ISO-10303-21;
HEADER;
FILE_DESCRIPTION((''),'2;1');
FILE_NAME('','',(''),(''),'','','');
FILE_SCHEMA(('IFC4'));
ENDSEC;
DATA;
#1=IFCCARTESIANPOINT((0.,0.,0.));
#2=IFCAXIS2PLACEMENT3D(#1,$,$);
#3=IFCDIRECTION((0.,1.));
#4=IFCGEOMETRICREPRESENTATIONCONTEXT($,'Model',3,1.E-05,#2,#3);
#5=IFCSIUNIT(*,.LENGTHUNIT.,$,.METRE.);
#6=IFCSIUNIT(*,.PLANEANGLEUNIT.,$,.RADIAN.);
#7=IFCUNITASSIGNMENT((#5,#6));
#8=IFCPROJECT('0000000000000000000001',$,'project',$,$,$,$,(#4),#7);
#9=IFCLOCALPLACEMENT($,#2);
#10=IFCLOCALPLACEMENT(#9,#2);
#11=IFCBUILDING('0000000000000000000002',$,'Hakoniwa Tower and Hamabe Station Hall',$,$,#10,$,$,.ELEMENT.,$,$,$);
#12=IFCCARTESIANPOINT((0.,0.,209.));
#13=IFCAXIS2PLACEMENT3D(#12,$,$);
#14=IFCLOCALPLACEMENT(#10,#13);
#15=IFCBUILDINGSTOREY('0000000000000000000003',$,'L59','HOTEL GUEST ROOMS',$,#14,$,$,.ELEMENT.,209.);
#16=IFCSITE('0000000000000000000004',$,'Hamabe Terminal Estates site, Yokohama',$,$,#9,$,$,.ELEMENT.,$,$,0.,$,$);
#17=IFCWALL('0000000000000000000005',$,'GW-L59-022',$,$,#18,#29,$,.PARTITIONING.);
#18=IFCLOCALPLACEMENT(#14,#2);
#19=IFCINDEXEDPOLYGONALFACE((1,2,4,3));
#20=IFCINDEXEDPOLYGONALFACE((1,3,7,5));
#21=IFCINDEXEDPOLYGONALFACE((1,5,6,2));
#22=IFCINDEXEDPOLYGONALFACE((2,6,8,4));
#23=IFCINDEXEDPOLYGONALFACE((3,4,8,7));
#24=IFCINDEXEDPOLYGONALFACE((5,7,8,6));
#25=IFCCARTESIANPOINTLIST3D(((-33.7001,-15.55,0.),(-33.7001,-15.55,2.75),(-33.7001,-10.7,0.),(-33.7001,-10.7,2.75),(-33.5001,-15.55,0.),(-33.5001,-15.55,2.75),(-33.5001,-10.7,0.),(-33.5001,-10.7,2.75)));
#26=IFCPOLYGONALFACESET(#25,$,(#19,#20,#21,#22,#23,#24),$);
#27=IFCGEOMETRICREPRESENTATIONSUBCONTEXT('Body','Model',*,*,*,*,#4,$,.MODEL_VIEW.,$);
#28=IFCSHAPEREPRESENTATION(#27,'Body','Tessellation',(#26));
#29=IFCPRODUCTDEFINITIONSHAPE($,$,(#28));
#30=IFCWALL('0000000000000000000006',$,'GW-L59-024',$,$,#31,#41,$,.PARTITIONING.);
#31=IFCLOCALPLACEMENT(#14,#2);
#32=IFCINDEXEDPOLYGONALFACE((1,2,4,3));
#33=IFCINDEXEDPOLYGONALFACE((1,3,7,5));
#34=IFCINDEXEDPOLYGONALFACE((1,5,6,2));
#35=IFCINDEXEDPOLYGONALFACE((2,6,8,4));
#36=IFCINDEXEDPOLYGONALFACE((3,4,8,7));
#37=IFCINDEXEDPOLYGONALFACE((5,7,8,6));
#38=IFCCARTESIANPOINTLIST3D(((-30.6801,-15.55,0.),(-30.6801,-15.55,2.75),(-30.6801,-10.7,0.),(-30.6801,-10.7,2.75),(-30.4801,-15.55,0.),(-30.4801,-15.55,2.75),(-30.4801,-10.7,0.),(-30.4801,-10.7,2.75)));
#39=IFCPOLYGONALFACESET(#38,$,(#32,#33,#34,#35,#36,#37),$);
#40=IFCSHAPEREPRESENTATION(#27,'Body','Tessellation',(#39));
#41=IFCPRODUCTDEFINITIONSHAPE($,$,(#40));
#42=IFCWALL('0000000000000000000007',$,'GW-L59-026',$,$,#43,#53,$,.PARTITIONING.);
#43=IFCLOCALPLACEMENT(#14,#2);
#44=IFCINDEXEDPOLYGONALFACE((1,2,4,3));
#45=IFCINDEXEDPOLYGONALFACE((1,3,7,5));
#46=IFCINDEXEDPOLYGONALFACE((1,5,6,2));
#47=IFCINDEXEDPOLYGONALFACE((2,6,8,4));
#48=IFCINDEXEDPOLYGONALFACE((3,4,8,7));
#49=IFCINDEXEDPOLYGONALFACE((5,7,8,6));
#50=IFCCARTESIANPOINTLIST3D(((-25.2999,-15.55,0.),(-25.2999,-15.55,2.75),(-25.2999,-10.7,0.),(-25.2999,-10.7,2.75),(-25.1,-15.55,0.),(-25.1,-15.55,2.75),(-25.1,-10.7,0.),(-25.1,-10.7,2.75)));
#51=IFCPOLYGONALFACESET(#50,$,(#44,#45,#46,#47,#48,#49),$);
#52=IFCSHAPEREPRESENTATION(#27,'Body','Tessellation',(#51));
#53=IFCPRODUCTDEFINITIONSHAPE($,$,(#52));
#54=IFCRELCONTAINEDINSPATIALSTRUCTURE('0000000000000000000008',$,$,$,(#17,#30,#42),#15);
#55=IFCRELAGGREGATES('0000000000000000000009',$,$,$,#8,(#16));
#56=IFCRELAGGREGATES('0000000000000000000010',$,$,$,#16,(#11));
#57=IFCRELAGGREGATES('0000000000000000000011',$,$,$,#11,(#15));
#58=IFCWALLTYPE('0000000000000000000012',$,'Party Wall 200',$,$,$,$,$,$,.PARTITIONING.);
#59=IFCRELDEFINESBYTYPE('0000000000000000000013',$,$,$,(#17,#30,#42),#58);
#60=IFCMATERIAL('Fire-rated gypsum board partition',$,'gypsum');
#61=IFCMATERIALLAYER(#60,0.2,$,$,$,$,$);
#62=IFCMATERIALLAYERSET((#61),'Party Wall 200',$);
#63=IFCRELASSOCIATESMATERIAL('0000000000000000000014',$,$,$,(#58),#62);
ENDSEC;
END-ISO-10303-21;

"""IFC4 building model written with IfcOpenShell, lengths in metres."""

from ifc_helpers import new_model, si_unit, direction, frame, frame_2d, origin, place, context, subcontext, project, spatial, rectangle, extrude, material, layer, layer_set, type_object, element, save


model = new_model("IFC4")

# Units and contexts
model_context = context("Model", 3, precision=1e-05, world=origin(), true_north=direction((0.0, 1.0)))
body_context = subcontext(model_context, "Body", "Model", "MODEL_VIEW")
ifc_project = project(units=[si_unit("LENGTHUNIT", "METRE"), si_unit("PLANEANGLEUNIT", "RADIAN")], contexts=[model_context])

# Site, building, storey
site_placement = place(None, origin())
site = spatial("IfcSite", under=ifc_project, at=site_placement, Name="Hamabe Terminal Estates site, Yokohama", CompositionType="ELEMENT", RefElevation=0.0)
building_placement = place(site_placement, origin())
building = spatial("IfcBuilding", under=site, at=building_placement, Name="Hakoniwa Tower and Hamabe Station Hall", CompositionType="ELEMENT")
storey_placement = place(building_placement, frame((0.0, 0.0, 209.0)))
storey = spatial("IfcBuildingStorey", under=building, at=storey_placement, Name="L59", Description="HOTEL GUEST ROOMS", CompositionType="ELEMENT", Elevation=209.0)

# Walls
ifc_material_1 = material(Name="Fire-rated gypsum board partition", Category="gypsum")
ifc_layer_1 = layer(ifc_material_1, 0.2)
ifc_layer_set_1 = layer_set([ifc_layer_1], Name="Party Wall 200")
wall_type_1 = type_object("IfcWallType", Name="Party Wall 200", PredefinedType="PARTITIONING", material=ifc_layer_set_1)
for number, where, z_axis, x_axis, name in (
    (1, (-33.6001, -15.55, 0.0), (0.0, 0.0, 1.0), (0.0, 1.0, 0.0), "GW-L59-022"),
    (2, (-30.5801, -15.55, 0.0), (0.0, 0.0, 1.0), (0.0, 1.0, 0.0), "GW-L59-024"),
    (3, (-25.2, -15.55, 0.0), (0.0, 0.0, 1.0), (0.0, 1.0, 0.0), "GW-L59-026"),
):
    element("IfcWall", number, at=place(storey_placement, frame(where, z_axis=z_axis, x_axis=x_axis)), inside=storey, type_object=wall_type_1, Name=name, PredefinedType="PARTITIONING", context=body_context, shape_type="SweptSolid", body=[
        extrude(rectangle(XDim=4.8501, YDim=0.2, at=frame_2d((2.425, 0.0))), origin(), (0.0, 0.0, 1.0), 2.75),
    ])

save(model, "model.ifc")
